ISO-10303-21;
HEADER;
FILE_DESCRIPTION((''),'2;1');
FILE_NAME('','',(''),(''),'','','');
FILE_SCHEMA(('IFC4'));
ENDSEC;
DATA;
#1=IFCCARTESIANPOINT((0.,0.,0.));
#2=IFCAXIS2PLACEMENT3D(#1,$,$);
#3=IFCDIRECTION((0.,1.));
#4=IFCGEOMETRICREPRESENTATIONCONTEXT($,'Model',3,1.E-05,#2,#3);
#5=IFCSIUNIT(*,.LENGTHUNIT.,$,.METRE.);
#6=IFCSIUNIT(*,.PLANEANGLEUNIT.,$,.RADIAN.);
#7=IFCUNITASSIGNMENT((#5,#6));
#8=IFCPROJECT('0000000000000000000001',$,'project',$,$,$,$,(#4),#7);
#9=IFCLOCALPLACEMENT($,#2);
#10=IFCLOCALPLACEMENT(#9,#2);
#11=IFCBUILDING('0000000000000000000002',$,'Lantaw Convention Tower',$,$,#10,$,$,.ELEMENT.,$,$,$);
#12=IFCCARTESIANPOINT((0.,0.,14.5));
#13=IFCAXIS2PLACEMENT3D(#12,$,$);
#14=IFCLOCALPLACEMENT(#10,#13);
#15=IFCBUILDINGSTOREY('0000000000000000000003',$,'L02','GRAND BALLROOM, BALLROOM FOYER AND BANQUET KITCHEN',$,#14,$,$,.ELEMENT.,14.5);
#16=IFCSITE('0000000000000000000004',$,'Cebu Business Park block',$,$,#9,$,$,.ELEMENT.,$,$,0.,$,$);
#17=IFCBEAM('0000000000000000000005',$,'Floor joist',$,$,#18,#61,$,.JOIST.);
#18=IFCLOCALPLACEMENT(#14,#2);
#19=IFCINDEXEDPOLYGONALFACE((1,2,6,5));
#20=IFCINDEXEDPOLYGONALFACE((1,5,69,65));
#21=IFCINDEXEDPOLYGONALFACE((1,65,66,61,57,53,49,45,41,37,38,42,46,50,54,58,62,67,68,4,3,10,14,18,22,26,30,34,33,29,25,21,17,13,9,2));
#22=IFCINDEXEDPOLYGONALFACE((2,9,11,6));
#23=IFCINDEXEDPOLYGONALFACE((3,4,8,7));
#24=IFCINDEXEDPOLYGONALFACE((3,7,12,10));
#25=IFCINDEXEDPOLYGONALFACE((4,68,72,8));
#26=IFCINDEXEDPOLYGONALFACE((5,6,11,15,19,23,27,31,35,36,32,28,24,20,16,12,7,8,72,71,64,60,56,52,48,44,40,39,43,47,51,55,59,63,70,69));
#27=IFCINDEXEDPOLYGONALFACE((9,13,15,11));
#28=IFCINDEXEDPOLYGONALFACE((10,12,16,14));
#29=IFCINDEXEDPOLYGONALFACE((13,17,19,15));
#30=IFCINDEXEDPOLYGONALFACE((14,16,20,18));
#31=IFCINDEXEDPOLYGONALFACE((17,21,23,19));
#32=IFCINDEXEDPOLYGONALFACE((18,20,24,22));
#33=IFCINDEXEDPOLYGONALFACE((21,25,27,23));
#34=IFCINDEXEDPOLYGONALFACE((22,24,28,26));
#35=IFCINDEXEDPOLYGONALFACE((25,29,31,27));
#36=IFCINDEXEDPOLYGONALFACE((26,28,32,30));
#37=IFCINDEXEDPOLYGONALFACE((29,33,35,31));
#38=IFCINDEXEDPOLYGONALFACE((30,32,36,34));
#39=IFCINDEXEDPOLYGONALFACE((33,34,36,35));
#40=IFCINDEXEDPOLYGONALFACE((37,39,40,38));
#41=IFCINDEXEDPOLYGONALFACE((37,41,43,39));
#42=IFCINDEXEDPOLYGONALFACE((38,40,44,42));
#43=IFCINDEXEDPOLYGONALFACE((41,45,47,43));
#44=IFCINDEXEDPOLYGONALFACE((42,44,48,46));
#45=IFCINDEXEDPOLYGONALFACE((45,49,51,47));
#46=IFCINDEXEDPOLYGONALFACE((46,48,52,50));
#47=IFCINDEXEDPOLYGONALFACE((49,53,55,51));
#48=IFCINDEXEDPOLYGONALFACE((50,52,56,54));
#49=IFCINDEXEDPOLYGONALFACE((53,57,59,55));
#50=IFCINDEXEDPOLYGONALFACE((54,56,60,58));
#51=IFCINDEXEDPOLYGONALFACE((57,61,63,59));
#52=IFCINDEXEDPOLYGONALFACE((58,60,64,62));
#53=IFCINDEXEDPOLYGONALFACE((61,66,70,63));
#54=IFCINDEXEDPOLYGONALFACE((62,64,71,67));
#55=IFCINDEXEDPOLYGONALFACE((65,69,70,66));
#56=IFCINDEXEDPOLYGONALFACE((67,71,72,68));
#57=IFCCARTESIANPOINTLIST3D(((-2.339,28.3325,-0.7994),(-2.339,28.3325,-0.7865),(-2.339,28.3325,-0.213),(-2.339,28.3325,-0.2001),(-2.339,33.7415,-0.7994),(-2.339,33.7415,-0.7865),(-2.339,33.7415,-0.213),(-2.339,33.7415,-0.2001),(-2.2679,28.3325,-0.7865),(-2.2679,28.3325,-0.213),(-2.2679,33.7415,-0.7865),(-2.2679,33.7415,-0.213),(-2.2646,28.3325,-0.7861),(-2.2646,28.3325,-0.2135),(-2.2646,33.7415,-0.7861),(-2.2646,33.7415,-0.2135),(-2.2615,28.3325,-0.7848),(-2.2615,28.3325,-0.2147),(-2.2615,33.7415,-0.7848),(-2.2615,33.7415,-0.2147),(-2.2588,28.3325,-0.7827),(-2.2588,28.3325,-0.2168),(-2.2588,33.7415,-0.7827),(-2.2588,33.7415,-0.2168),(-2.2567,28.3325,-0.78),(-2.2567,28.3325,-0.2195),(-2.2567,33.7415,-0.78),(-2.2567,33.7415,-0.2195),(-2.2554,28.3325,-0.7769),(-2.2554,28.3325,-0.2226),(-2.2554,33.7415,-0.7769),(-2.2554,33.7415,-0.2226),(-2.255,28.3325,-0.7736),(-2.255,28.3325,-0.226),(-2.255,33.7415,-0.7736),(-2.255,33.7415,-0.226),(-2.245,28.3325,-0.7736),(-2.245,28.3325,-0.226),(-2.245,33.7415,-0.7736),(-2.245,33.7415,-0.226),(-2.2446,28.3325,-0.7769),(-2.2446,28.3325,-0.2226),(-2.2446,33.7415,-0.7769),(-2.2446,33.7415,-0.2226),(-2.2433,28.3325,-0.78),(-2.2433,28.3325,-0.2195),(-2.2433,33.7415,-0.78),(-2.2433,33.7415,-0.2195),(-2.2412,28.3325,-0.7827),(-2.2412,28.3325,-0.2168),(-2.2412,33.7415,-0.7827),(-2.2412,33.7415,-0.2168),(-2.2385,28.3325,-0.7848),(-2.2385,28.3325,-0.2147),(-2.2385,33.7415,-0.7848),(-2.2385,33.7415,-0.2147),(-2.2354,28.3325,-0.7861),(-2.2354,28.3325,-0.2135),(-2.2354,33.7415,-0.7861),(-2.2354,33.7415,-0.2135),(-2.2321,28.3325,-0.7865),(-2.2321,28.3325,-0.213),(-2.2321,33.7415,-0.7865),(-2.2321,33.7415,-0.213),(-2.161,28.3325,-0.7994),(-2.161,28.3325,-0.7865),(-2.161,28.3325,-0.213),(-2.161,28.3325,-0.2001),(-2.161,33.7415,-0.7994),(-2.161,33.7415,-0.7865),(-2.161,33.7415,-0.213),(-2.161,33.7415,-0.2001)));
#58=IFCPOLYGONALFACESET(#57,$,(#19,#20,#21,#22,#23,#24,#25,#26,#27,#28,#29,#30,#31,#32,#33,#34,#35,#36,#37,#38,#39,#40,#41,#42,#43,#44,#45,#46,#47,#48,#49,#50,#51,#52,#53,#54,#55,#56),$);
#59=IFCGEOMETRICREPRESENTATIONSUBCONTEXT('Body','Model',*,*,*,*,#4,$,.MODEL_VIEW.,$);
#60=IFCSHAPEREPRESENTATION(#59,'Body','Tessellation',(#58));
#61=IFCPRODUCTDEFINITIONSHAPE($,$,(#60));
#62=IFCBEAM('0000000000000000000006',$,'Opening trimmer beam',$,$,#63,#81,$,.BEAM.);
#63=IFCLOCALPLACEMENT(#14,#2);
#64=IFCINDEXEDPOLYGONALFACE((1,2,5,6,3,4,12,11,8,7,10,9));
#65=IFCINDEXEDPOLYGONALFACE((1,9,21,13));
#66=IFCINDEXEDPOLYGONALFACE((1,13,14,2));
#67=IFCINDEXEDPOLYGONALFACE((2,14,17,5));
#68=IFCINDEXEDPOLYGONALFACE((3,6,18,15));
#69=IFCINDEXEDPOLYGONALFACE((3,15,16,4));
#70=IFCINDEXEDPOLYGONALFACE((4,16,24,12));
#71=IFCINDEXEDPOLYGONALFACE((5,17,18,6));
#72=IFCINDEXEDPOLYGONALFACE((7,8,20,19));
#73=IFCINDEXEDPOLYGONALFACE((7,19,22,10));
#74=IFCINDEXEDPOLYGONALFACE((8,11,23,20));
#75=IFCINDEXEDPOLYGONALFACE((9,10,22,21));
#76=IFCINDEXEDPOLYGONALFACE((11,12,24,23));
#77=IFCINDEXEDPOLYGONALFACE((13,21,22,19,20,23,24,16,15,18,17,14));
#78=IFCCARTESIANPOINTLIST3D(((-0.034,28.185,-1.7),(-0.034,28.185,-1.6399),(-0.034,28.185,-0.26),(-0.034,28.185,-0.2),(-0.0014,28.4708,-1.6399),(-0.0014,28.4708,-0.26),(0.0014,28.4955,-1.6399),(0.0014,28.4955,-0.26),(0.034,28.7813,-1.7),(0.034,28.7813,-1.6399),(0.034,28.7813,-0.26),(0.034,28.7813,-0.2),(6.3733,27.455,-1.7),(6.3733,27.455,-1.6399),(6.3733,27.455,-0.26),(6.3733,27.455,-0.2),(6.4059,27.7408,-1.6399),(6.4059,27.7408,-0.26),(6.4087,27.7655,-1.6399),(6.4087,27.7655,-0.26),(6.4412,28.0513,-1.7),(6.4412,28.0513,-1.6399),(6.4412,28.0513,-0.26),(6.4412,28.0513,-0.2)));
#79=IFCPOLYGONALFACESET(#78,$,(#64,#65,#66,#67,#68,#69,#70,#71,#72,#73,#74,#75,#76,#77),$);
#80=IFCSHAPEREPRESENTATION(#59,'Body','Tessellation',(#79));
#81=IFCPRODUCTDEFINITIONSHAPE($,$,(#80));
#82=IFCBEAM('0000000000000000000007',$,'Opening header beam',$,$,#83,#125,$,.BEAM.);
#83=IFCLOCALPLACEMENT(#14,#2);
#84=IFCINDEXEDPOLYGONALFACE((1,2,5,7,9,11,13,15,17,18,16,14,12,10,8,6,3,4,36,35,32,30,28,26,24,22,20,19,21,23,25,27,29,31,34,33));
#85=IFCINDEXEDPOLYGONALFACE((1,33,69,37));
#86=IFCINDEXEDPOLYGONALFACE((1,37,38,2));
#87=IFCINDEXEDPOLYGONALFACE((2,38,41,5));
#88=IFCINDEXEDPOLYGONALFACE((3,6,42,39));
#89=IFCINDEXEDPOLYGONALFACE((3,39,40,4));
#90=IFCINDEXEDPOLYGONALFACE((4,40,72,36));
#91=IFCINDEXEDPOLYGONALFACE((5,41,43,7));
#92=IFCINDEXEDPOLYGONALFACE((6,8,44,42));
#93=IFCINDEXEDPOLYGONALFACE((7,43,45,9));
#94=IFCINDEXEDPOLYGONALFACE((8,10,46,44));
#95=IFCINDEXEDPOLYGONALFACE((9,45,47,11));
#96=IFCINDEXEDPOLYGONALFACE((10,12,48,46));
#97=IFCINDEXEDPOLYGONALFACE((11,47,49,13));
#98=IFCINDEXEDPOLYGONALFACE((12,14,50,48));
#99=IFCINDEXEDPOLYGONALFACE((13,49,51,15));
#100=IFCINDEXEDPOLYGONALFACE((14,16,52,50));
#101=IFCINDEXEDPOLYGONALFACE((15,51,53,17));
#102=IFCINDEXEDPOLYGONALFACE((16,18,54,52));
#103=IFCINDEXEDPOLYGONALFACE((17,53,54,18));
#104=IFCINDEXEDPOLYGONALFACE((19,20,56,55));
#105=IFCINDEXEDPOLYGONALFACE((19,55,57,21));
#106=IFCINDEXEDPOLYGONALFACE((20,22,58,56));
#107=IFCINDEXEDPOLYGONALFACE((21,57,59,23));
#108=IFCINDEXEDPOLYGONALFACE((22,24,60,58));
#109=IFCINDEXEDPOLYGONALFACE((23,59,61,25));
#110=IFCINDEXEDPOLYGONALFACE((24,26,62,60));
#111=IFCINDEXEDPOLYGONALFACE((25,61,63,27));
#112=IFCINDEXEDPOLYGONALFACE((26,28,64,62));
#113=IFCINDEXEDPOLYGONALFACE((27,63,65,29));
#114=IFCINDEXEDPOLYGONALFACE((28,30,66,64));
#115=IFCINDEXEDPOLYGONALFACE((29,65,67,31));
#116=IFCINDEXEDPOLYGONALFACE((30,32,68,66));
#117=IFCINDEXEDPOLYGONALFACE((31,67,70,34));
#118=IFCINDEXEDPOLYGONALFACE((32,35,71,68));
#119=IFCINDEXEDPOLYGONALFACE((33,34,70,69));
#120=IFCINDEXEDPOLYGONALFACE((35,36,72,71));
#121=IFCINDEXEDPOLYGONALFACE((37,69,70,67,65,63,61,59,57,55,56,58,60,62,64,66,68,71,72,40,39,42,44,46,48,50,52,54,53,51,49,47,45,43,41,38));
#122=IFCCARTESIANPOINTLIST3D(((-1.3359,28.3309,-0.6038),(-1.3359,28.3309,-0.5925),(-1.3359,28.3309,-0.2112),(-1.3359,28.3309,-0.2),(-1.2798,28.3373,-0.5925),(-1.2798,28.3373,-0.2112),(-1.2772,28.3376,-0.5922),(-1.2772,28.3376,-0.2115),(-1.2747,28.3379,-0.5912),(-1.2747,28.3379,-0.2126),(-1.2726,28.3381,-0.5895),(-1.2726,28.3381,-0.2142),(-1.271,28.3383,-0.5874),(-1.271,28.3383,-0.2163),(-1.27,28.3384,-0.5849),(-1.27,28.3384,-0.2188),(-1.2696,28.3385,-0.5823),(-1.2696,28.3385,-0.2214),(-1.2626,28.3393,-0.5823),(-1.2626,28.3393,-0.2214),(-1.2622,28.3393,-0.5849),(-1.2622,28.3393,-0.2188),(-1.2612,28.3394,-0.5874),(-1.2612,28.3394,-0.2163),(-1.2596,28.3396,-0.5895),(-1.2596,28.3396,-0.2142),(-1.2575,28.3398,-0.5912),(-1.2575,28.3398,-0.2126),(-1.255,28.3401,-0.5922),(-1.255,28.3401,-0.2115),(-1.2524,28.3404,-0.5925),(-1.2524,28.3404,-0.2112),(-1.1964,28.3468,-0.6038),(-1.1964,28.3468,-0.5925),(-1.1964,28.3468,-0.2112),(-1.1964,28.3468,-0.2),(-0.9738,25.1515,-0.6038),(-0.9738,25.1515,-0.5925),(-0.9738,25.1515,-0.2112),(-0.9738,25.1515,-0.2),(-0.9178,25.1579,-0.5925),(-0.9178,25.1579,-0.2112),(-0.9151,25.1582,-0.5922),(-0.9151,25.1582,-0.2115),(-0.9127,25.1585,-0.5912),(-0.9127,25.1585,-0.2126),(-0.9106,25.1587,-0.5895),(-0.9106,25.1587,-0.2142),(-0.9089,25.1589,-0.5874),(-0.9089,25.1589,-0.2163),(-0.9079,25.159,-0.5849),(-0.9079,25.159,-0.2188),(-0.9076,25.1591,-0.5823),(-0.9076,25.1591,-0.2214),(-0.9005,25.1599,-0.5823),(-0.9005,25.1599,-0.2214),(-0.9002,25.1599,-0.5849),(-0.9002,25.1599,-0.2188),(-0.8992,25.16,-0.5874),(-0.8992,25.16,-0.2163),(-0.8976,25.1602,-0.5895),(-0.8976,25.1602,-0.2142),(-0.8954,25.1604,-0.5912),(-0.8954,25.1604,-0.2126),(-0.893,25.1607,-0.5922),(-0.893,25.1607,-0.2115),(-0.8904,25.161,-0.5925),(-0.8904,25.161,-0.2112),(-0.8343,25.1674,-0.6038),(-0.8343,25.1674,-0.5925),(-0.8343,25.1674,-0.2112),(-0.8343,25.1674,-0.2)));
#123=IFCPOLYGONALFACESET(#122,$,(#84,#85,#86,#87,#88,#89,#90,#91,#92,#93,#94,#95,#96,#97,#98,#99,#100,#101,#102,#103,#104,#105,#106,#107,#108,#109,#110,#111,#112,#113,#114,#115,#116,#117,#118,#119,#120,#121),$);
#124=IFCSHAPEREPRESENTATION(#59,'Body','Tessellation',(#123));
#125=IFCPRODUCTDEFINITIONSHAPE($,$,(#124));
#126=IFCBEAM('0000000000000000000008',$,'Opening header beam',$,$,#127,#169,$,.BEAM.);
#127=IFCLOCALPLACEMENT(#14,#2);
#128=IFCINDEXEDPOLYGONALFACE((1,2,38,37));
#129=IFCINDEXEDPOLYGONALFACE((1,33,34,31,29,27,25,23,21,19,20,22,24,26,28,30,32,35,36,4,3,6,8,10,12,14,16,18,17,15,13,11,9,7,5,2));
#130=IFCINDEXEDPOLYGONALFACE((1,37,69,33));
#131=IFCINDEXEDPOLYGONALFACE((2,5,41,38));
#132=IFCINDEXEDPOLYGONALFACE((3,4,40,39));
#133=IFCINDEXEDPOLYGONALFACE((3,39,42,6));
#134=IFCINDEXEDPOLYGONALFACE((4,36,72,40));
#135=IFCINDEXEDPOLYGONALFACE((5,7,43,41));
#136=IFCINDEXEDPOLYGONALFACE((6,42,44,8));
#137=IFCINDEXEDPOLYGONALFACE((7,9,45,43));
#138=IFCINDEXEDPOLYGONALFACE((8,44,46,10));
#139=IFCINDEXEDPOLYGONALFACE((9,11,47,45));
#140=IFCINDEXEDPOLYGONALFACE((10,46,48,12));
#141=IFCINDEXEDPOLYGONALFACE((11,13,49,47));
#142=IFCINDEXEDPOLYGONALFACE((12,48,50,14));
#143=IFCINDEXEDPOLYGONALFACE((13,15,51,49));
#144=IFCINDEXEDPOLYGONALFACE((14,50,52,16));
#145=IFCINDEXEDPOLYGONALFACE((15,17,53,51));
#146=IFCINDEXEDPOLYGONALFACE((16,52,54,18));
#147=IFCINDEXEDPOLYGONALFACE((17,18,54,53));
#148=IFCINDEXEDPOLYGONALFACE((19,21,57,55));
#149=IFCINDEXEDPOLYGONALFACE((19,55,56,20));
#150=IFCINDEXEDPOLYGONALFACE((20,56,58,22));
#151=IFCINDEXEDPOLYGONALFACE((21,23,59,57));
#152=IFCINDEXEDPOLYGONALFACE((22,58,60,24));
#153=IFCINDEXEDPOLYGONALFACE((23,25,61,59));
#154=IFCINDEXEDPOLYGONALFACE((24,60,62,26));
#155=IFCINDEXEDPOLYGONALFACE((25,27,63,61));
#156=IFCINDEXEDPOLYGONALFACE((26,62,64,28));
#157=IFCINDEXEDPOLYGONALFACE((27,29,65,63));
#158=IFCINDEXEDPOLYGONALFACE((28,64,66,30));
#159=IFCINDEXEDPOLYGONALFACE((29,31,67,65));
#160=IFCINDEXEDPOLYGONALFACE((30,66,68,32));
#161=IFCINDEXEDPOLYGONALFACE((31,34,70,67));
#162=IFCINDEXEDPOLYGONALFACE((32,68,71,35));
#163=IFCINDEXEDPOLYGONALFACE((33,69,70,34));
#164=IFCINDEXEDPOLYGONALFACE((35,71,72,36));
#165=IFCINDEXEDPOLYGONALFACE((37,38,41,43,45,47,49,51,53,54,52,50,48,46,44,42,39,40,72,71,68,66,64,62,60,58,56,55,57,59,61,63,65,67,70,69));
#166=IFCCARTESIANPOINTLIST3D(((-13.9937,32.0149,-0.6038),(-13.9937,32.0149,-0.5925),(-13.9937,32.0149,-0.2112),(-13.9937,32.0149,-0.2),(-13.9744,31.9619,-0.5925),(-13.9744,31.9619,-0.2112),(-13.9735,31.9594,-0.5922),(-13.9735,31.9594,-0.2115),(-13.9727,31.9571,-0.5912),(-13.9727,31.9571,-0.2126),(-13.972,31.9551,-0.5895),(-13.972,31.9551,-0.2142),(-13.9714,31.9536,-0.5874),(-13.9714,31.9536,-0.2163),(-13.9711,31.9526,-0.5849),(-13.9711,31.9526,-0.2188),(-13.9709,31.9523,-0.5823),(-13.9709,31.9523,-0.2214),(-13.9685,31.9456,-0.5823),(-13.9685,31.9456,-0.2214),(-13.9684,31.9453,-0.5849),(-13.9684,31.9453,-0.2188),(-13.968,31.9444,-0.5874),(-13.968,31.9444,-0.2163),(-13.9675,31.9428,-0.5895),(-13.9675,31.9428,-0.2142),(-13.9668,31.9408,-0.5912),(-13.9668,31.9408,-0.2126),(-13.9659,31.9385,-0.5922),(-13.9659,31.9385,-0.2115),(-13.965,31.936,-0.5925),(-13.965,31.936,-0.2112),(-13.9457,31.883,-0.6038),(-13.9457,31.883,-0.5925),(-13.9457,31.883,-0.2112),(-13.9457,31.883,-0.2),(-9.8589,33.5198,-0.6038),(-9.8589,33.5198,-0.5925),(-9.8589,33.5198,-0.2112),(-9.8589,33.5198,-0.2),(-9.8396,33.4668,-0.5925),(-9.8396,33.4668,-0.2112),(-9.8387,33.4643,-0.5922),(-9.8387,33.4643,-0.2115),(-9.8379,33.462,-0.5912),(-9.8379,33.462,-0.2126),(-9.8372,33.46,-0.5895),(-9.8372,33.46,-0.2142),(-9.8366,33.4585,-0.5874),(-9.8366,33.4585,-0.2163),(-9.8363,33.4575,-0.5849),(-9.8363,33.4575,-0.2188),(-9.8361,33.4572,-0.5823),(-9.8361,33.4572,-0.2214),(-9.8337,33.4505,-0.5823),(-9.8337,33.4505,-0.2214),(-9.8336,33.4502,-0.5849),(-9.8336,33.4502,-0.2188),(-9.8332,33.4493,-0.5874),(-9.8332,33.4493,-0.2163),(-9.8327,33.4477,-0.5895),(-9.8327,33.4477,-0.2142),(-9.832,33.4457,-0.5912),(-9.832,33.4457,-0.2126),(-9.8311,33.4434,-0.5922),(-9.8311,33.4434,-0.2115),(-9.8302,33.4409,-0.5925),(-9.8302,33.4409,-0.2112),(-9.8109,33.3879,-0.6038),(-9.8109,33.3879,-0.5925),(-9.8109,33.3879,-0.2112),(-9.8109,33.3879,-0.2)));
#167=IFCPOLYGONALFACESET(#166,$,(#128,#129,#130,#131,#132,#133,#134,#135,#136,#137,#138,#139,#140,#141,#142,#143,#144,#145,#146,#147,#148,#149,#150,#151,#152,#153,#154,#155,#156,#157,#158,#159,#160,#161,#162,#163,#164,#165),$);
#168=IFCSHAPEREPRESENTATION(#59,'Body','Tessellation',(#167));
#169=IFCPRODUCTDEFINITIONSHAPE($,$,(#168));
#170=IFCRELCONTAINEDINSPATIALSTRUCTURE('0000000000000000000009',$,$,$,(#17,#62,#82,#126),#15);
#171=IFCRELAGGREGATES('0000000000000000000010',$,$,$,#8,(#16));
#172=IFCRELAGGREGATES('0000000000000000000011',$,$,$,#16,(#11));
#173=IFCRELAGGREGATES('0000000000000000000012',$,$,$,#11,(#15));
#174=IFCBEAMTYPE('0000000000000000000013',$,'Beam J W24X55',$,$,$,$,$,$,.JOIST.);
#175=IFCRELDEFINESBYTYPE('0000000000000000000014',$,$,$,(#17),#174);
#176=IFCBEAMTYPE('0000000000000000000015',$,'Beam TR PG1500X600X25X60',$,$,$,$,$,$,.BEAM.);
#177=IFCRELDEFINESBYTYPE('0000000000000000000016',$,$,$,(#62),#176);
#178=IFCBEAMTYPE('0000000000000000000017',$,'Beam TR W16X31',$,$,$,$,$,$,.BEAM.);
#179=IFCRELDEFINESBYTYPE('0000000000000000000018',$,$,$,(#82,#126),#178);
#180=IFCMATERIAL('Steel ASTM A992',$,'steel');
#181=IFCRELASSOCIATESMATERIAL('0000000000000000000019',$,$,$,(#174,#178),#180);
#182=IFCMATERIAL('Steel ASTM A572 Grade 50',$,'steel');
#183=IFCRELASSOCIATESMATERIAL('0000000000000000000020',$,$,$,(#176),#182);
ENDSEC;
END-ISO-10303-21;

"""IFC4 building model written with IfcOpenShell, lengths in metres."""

from ifc_helpers import new_model, si_unit, direction, frame, origin, origin_2d, place, context, subcontext, project, spatial, i_section, extrude, material, material_profile, profile_set, type_object, element, save


model = new_model("IFC4")

# Units and contexts
model_context = context("Model", 3, precision=1e-05, world=origin(), true_north=direction((0.0, 1.0)))
body_context = subcontext(model_context, "Body", "Model", "MODEL_VIEW")
ifc_project = project(units=[si_unit("LENGTHUNIT", "METRE"), si_unit("PLANEANGLEUNIT", "RADIAN")], contexts=[model_context])

# Site, building, storey
site_placement = place(None, origin())
site = spatial("IfcSite", under=ifc_project, at=site_placement, Name="Cebu Business Park block", CompositionType="ELEMENT", RefElevation=0.0)
building_placement = place(site_placement, origin())
building = spatial("IfcBuilding", under=site, at=building_placement, Name="Lantaw Convention Tower", CompositionType="ELEMENT")
storey_placement = place(building_placement, frame((0.0, 0.0, 14.5)))
storey = spatial("IfcBuildingStorey", under=building, at=storey_placement, Name="L02", Description="GRAND BALLROOM, BALLROOM FOYER AND BANQUET KITCHEN", CompositionType="ELEMENT", Elevation=14.5)

# Shared definitions
ifc_material_1 = material(Name="Steel ASTM A572 Grade 50", Category="steel")

# Beams
ifc_material_2 = material(Name="Steel ASTM A992", Category="steel")
ifc_material_profile_1 = material_profile(ifc_material_2, i_section(OverallWidth=0.178, OverallDepth=0.5994, WebThickness=0.01, FlangeThickness=0.0129, FilletRadius=0.0129, at=origin_2d()), Name="W24X55")
ifc_profile_set_1 = profile_set([ifc_material_profile_1], Name="Steel ASTM A992")
beam_type_1 = type_object("IfcBeamType", Name="Beam J W24X55", PredefinedType="JOIST", material=ifc_profile_set_1)
beam_1_placement = place(storey_placement, frame((-2.25, 28.3325, -0.4998), z_axis=(0.0, 1.0, 0.0), x_axis=(-1.0, 0.0, 0.0)))
element("IfcBeam", 1, at=beam_1_placement, inside=storey, type_object=beam_type_1, Name="Floor joist", PredefinedType="JOIST", context=body_context, shape_type="SweptSolid", body=[
    extrude(i_section(OverallWidth=0.178, OverallDepth=0.5994, WebThickness=0.01, FlangeThickness=0.0129, FilletRadius=0.0129, at=origin_2d()), origin(), (0.0, 0.0, 1.0), 5.4089),
])
ifc_material_profile_2 = material_profile(ifc_material_1, i_section(OverallWidth=0.6001, OverallDepth=1.5, WebThickness=0.0249, FlangeThickness=0.0601, at=origin_2d()), Name="PG1500X600X25X60")
ifc_profile_set_2 = profile_set([ifc_material_profile_2], Name="Steel ASTM A572 Grade 50")
beam_type_2 = type_object("IfcBeamType", Name="Beam TR PG1500X600X25X60", PredefinedType="BEAM", material=ifc_profile_set_2)
beam_2_placement = place(storey_placement, frame((0.0, 28.4832, -0.95), z_axis=(0.993572, -0.113199, 0.0), x_axis=(0.113199, 0.993572, 0.0)))
element("IfcBeam", 2, at=beam_2_placement, inside=storey, type_object=beam_type_2, Name="Opening trimmer beam", PredefinedType="BEAM", context=body_context, shape_type="SweptSolid", body=[
    extrude(i_section(OverallWidth=0.6001, OverallDepth=1.5, WebThickness=0.0249, FlangeThickness=0.0601, at=origin_2d()), origin(), (0.0, 0.0, 1.0), 6.4487),
])
ifc_material_profile_3 = material_profile(ifc_material_2, i_section(OverallWidth=0.1404, OverallDepth=0.4038, WebThickness=0.0071, FlangeThickness=0.0112, FilletRadius=0.0103, at=origin_2d()), Name="W16X31")
ifc_profile_set_3 = profile_set([ifc_material_profile_3], Name="Steel ASTM A992")
beam_type_3 = type_object("IfcBeamType", Name="Beam TR W16X31", PredefinedType="BEAM", material=ifc_profile_set_3)
beam_3_placement = place(storey_placement, frame((-1.2661, 28.3389, -0.4019), z_axis=(0.113144, -0.993579, 0.0), x_axis=(0.993579, 0.113144, 0.0)))
element("IfcBeam", 3, at=beam_3_placement, inside=storey, type_object=beam_type_3, Name="Opening header beam", PredefinedType="BEAM", context=body_context, shape_type="SweptSolid", body=[
    extrude(i_section(OverallWidth=0.1404, OverallDepth=0.4038, WebThickness=0.0071, FlangeThickness=0.0112, FilletRadius=0.0103, at=origin_2d()), origin(), (0.0, 0.0, 1.0), 3.2),
])
beam_4_placement = place(storey_placement, frame((-13.9697, 31.949, -0.4019), z_axis=(0.939696, 0.34201, 0.0), x_axis=(-0.34201, 0.939696, 0.0)))
element("IfcBeam", 4, at=beam_4_placement, inside=storey, type_object=beam_type_3, Name="Opening header beam", PredefinedType="BEAM", context=body_context, shape_type="SweptSolid", body=[
    extrude(i_section(OverallWidth=0.1404, OverallDepth=0.4038, WebThickness=0.0071, FlangeThickness=0.0112, FilletRadius=0.0103, at=origin_2d()), origin(), (0.0, 0.0, 1.0), 4.4001),
])

save(model, "model.ifc")
